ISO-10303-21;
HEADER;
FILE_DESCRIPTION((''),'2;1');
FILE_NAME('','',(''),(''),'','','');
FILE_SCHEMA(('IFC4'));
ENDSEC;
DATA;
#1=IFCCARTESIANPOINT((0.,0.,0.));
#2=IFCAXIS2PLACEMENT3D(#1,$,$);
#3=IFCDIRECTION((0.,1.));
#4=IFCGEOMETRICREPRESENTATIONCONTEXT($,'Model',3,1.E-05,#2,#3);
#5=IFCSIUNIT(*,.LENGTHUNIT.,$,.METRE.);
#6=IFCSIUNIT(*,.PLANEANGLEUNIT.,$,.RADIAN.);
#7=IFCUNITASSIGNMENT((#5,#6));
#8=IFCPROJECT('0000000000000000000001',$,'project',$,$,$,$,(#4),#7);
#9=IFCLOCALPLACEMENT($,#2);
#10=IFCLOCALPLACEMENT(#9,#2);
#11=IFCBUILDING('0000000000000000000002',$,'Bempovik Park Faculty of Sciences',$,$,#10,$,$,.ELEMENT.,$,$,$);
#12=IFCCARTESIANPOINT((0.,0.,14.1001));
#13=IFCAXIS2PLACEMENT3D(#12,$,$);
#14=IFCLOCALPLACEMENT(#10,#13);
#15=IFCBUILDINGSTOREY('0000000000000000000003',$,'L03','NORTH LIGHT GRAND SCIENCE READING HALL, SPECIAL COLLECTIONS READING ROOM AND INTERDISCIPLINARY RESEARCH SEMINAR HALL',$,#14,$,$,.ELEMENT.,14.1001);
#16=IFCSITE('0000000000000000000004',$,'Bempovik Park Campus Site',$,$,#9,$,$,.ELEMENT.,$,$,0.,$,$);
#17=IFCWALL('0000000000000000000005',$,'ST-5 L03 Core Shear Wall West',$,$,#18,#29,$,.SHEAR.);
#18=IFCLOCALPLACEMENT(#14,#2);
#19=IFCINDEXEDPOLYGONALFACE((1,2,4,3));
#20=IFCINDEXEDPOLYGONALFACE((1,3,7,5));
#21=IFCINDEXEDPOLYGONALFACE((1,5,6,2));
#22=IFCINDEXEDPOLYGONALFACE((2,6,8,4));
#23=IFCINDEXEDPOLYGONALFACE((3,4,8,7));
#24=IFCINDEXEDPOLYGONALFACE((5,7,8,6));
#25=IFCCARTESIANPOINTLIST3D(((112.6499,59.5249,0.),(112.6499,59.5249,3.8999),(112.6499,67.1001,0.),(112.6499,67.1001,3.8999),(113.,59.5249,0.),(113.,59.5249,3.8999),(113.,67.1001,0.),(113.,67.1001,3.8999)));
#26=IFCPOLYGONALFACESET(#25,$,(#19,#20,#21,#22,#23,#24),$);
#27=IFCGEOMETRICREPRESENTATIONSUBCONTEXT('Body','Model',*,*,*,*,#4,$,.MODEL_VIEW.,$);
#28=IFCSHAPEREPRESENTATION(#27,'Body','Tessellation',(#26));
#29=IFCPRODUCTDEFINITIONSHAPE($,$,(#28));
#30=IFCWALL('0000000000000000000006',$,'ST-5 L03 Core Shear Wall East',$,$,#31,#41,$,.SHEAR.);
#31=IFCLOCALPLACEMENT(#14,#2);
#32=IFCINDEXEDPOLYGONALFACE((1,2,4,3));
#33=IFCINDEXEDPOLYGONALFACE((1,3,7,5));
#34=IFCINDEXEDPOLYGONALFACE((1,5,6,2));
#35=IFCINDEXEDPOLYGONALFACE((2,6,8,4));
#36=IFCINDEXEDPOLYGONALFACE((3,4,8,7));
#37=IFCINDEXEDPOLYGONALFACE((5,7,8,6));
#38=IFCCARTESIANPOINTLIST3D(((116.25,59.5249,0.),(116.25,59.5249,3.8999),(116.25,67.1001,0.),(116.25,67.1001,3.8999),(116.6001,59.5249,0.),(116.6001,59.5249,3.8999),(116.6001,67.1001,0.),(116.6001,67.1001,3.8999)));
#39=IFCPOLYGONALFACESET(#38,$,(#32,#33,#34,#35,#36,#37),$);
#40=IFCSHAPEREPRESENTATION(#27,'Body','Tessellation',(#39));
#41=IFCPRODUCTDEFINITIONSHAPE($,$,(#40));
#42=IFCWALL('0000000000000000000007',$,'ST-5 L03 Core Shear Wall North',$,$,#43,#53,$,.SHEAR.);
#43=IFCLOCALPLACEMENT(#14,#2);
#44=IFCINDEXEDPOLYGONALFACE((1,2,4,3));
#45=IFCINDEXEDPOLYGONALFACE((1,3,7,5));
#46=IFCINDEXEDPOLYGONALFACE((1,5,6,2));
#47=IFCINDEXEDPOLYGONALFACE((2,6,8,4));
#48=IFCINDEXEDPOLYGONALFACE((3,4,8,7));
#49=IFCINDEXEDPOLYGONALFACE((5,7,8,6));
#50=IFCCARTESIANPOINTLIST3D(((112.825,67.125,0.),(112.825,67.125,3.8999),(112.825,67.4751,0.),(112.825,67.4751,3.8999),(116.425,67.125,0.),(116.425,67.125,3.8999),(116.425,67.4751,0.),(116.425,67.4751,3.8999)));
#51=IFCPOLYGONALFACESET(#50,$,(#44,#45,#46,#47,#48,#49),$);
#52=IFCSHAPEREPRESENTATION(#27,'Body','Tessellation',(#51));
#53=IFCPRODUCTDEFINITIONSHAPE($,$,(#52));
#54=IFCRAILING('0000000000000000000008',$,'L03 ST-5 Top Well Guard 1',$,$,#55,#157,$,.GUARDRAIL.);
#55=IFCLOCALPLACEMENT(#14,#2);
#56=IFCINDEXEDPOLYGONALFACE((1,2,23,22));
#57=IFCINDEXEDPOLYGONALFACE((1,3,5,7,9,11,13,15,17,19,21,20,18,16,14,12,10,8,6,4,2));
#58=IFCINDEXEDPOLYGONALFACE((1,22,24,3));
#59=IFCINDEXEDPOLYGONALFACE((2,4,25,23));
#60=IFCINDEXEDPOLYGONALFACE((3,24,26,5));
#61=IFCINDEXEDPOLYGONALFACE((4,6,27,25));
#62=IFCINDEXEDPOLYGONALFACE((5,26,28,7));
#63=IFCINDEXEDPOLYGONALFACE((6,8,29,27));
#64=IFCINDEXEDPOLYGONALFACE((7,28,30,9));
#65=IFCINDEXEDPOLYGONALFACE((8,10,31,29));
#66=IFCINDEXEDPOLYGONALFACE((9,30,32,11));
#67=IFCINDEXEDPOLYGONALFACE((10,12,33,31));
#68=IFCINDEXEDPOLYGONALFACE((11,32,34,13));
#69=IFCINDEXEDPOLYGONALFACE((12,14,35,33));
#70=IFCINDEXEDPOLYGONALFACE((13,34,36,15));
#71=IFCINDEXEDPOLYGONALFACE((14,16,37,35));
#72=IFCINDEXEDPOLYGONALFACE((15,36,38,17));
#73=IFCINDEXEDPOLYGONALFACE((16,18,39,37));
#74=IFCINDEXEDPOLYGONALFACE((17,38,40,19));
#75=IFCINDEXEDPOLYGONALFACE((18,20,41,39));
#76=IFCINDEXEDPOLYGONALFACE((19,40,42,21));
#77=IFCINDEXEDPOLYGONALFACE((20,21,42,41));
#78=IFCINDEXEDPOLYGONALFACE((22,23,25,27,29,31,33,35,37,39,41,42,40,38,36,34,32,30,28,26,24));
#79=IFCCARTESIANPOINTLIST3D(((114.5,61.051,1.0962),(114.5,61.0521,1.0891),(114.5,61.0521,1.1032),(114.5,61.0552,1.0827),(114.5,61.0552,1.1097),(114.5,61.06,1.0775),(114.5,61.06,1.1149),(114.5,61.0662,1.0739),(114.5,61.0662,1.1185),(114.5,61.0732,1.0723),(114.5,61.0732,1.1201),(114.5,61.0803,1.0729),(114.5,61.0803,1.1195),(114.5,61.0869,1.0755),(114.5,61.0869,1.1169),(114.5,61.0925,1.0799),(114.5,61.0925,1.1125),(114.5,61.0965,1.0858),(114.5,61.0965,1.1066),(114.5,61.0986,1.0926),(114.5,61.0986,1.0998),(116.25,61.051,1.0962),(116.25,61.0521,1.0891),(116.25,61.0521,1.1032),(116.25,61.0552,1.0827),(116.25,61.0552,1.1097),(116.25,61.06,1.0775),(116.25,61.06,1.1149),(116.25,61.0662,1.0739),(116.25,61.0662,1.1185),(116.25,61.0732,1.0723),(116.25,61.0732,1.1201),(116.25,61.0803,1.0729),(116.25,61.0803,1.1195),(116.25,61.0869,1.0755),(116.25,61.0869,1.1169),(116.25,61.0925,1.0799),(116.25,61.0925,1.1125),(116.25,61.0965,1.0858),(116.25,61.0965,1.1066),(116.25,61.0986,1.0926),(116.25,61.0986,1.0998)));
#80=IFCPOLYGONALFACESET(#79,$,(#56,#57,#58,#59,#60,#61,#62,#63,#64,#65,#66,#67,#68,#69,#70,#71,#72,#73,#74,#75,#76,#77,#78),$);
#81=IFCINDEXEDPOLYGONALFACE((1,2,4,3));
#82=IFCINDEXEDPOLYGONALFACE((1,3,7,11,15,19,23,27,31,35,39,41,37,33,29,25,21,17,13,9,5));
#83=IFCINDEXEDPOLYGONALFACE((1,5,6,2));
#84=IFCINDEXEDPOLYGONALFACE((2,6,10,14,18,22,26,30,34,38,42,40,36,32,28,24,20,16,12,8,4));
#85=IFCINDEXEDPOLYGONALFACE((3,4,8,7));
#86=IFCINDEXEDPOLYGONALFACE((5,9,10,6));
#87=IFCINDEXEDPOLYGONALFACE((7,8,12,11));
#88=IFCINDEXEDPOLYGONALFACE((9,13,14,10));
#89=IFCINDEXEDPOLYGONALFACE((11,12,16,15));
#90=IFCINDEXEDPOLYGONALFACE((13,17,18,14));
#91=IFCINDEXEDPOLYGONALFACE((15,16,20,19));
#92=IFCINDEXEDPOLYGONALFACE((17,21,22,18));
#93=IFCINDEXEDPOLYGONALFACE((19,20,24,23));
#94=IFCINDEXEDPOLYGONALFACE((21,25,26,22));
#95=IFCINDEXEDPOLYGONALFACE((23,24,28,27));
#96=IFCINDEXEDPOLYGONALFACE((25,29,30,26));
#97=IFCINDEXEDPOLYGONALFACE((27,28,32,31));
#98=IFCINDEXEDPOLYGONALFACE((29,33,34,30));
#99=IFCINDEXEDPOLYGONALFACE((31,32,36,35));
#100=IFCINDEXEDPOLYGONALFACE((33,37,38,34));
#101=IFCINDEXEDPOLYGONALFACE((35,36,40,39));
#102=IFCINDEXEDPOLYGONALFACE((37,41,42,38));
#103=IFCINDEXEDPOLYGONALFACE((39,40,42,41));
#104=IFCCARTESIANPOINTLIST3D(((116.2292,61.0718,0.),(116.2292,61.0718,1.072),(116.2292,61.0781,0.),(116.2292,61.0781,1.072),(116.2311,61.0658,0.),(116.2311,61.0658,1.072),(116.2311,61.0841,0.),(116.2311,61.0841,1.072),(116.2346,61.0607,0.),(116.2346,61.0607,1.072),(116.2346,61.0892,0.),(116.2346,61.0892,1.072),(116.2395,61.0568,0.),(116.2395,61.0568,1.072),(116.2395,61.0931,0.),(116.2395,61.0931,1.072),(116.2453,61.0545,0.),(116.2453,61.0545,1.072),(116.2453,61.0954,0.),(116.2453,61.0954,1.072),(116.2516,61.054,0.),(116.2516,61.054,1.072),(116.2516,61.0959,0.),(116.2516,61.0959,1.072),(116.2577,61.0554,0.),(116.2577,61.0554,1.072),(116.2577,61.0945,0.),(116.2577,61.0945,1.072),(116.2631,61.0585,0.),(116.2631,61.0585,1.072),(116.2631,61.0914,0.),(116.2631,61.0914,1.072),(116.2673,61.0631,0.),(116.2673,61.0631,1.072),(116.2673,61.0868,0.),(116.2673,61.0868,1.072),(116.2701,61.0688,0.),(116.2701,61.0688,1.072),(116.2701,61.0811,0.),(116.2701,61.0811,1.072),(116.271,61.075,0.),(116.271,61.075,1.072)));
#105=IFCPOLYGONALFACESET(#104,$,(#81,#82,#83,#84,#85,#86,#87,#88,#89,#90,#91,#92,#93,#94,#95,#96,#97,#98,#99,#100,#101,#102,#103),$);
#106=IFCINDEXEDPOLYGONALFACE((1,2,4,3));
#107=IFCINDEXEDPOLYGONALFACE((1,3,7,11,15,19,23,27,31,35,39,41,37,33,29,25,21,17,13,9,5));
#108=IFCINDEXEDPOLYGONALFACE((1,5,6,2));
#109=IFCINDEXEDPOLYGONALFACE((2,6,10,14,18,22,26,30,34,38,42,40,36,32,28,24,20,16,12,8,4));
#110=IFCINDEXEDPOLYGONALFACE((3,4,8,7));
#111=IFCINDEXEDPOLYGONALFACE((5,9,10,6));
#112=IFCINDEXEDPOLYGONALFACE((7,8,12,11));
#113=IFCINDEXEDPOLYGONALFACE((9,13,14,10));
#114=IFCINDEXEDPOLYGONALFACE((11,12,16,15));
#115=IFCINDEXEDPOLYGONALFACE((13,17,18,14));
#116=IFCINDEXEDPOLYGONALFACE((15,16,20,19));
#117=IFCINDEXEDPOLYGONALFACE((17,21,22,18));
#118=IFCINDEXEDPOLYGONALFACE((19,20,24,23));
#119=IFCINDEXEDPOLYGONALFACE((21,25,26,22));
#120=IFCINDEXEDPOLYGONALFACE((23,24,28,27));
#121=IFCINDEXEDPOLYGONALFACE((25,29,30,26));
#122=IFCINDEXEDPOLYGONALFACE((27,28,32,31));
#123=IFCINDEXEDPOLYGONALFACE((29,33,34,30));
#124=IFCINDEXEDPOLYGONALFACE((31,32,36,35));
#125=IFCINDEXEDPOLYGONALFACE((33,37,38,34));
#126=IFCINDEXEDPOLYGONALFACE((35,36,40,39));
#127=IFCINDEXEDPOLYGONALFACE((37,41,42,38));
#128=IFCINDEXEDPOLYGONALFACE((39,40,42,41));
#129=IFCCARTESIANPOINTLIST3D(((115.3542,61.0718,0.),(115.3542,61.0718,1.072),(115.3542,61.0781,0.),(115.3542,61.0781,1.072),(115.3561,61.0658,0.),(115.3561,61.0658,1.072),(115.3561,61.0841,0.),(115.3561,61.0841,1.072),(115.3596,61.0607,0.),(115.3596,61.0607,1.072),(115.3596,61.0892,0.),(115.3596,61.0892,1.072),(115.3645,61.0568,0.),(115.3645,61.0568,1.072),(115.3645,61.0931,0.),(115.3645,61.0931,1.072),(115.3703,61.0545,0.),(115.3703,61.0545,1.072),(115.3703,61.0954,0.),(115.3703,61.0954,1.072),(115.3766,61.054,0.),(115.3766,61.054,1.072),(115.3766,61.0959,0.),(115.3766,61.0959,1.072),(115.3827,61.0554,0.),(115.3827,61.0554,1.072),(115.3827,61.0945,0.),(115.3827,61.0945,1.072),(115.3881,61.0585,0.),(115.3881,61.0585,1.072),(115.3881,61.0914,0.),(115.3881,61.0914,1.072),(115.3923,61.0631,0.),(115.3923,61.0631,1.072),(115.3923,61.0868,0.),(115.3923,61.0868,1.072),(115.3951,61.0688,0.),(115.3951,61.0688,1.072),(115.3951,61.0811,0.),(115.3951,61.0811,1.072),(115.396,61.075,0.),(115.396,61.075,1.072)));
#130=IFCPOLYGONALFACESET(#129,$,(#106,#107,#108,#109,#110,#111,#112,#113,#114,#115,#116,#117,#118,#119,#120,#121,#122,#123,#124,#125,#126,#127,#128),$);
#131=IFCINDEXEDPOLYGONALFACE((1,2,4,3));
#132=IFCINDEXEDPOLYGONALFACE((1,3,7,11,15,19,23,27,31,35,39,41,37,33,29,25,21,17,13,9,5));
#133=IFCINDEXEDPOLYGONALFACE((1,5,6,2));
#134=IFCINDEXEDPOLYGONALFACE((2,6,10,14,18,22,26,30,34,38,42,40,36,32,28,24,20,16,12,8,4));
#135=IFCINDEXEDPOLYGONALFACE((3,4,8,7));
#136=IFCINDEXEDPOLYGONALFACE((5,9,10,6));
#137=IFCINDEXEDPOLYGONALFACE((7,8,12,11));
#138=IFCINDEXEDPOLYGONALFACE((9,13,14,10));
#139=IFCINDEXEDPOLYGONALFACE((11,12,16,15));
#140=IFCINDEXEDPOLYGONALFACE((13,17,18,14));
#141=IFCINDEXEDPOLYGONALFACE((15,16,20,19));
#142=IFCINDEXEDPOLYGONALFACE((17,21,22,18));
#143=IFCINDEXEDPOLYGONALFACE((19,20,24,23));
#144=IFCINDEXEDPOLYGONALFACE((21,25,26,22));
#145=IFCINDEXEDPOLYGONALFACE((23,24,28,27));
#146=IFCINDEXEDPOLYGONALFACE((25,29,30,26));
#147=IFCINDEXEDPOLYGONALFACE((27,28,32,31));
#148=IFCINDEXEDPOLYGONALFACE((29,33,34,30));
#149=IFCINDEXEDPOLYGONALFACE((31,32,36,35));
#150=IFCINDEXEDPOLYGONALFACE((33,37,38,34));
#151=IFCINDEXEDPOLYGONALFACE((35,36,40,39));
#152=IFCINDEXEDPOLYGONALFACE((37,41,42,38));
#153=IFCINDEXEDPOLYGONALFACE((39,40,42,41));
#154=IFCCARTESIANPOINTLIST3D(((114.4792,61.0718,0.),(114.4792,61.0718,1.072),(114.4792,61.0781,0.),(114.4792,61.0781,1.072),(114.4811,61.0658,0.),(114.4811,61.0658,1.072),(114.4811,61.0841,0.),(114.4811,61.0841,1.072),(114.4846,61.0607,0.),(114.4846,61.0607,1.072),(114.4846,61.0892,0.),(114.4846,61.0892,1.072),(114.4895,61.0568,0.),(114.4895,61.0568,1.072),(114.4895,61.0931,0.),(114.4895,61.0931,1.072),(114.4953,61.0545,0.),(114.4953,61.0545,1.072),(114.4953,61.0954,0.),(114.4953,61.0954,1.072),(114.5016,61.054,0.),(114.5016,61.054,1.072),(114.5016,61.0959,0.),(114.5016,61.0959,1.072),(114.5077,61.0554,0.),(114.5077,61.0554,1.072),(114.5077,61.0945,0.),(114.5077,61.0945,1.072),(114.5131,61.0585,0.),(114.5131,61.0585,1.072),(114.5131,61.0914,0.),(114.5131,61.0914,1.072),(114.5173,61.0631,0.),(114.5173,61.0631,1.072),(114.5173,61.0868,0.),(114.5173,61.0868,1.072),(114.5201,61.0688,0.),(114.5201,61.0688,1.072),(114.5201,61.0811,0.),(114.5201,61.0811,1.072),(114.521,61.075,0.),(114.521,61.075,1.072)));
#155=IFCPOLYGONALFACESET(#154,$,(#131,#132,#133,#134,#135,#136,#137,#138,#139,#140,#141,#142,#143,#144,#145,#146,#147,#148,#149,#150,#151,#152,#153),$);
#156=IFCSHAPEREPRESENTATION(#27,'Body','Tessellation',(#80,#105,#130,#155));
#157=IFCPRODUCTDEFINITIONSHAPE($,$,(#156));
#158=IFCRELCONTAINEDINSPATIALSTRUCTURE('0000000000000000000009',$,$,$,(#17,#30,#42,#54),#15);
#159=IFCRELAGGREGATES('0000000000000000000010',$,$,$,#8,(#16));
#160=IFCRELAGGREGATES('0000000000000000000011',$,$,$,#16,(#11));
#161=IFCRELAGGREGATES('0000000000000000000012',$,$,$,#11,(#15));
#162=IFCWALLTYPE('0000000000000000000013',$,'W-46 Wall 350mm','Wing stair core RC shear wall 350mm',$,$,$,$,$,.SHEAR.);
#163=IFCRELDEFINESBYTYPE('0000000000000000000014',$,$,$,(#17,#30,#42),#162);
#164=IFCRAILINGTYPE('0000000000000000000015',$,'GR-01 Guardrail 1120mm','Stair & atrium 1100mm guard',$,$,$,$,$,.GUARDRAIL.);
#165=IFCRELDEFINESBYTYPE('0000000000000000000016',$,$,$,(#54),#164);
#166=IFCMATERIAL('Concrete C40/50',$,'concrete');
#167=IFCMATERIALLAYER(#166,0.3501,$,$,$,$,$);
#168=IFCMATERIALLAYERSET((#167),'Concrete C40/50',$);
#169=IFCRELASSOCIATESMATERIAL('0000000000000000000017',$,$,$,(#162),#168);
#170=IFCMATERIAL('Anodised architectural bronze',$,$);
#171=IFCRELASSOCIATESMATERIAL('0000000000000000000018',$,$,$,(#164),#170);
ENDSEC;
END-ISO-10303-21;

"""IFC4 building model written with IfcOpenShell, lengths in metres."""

from ifc_helpers import new_model, si_unit, direction, frame, frame_2d, origin, origin_2d, place, context, subcontext, project, spatial, rectangle, circle, extrude, material, layer, layer_set, type_object, element, save


model = new_model("IFC4")

# Units and contexts
model_context = context("Model", 3, precision=1e-05, world=origin(), true_north=direction((0.0, 1.0)))
body_context = subcontext(model_context, "Body", "Model", "MODEL_VIEW")
ifc_project = project(units=[si_unit("LENGTHUNIT", "METRE"), si_unit("PLANEANGLEUNIT", "RADIAN")], contexts=[model_context])

# Site, building, storey
site_placement = place(None, origin())
site = spatial("IfcSite", under=ifc_project, at=site_placement, Name="Bempovik Park Campus Site", CompositionType="ELEMENT", RefElevation=0.0)
building_placement = place(site_placement, origin())
building = spatial("IfcBuilding", under=site, at=building_placement, Name="Bempovik Park Faculty of Sciences", CompositionType="ELEMENT")
storey_placement = place(building_placement, frame((0.0, 0.0, 14.1001)))
storey = spatial("IfcBuildingStorey", under=building, at=storey_placement, Name="L03", Description="NORTH LIGHT GRAND SCIENCE READING HALL, SPECIAL COLLECTIONS READING ROOM AND INTERDISCIPLINARY RESEARCH SEMINAR HALL", CompositionType="ELEMENT", Elevation=14.1001)

# Shared definitions
ifc_material_1 = material(Name="Concrete C40/50", Category="concrete")

# Shared definitions
ifc_layer_1 = layer(ifc_material_1, 0.3501)
ifc_layer_set_1 = layer_set([ifc_layer_1], Name="Concrete C40/50")
wall_type_1 = type_object("IfcWallType", Name="W-46 Wall 350mm", Description="Wing stair core RC shear wall 350mm", PredefinedType="SHEAR", material=ifc_layer_set_1)

# Walls
for number, where, z_axis, x_axis, name in (
    (1, (112.825, 59.5249, 0.0), (0.0, 0.0, 1.0), (0.0, 1.0, 0.0), "ST-5 L03 Core Shear Wall West"),
    (2, (116.425, 59.5249, 0.0), (0.0, 0.0, 1.0), (0.0, 1.0, 0.0), "ST-5 L03 Core Shear Wall East"),
):
    element("IfcWall", number, at=place(storey_placement, frame(where, z_axis=z_axis, x_axis=x_axis)), inside=storey, type_object=wall_type_1, Name=name, PredefinedType="SHEAR", context=body_context, shape_type="SweptSolid", body=[
        extrude(rectangle(XDim=7.5752, YDim=0.3501, at=frame_2d((3.7876, 0.0))), origin(), (0.0, 0.0, 1.0), 3.8999),
    ])
wall_1_placement = place(storey_placement, frame((112.825, 67.3, 0.0), z_axis=(0.0, 0.0, 1.0), x_axis=(1.0, 0.0, 0.0)))
element("IfcWall", 3, at=wall_1_placement, inside=storey, type_object=wall_type_1, Name="ST-5 L03 Core Shear Wall North", PredefinedType="SHEAR", context=body_context, shape_type="SweptSolid", body=[
    extrude(rectangle(XDim=3.6001, YDim=0.3501, at=frame_2d((1.8, 0.0))), origin(), (0.0, 0.0, 1.0), 3.8999),
])

# Railing
ifc_material_2 = material(Name="Anodised architectural bronze")
railing_type = type_object("IfcRailingType", Name="GR-01 Guardrail 1120mm", Description="Stair & atrium 1100mm guard", PredefinedType="GUARDRAIL", material=ifc_material_2)
railing_placement = place(storey_placement, frame((116.25, 61.075, 0.0)))
element("IfcRailing", 4, at=railing_placement, inside=storey, type_object=railing_type, Name="L03 ST-5 Top Well Guard 1", PredefinedType="GUARDRAIL", context=body_context, shape_type="SweptSolid", body=[
    extrude(circle(Radius=0.0239, at=origin_2d()), frame((0.0, 0.0, 1.0962), z_axis=(-1.0, 0.0, 0.0), x_axis=(0.0, -1.0, 0.0)), (0.0, 0.0, 1.0), 1.75),
    extrude(circle(Radius=0.021, at=origin_2d()), origin(), (0.0, 0.0, 1.0), 1.072),
    extrude(circle(Radius=0.021, at=origin_2d()), frame((-0.875, 0.0, 0.0)), (0.0, 0.0, 1.0), 1.072),
    extrude(circle(Radius=0.021, at=origin_2d()), frame((-1.75, 0.0, 0.0)), (0.0, 0.0, 1.0), 1.072),
])

save(model, "model.ifc")
